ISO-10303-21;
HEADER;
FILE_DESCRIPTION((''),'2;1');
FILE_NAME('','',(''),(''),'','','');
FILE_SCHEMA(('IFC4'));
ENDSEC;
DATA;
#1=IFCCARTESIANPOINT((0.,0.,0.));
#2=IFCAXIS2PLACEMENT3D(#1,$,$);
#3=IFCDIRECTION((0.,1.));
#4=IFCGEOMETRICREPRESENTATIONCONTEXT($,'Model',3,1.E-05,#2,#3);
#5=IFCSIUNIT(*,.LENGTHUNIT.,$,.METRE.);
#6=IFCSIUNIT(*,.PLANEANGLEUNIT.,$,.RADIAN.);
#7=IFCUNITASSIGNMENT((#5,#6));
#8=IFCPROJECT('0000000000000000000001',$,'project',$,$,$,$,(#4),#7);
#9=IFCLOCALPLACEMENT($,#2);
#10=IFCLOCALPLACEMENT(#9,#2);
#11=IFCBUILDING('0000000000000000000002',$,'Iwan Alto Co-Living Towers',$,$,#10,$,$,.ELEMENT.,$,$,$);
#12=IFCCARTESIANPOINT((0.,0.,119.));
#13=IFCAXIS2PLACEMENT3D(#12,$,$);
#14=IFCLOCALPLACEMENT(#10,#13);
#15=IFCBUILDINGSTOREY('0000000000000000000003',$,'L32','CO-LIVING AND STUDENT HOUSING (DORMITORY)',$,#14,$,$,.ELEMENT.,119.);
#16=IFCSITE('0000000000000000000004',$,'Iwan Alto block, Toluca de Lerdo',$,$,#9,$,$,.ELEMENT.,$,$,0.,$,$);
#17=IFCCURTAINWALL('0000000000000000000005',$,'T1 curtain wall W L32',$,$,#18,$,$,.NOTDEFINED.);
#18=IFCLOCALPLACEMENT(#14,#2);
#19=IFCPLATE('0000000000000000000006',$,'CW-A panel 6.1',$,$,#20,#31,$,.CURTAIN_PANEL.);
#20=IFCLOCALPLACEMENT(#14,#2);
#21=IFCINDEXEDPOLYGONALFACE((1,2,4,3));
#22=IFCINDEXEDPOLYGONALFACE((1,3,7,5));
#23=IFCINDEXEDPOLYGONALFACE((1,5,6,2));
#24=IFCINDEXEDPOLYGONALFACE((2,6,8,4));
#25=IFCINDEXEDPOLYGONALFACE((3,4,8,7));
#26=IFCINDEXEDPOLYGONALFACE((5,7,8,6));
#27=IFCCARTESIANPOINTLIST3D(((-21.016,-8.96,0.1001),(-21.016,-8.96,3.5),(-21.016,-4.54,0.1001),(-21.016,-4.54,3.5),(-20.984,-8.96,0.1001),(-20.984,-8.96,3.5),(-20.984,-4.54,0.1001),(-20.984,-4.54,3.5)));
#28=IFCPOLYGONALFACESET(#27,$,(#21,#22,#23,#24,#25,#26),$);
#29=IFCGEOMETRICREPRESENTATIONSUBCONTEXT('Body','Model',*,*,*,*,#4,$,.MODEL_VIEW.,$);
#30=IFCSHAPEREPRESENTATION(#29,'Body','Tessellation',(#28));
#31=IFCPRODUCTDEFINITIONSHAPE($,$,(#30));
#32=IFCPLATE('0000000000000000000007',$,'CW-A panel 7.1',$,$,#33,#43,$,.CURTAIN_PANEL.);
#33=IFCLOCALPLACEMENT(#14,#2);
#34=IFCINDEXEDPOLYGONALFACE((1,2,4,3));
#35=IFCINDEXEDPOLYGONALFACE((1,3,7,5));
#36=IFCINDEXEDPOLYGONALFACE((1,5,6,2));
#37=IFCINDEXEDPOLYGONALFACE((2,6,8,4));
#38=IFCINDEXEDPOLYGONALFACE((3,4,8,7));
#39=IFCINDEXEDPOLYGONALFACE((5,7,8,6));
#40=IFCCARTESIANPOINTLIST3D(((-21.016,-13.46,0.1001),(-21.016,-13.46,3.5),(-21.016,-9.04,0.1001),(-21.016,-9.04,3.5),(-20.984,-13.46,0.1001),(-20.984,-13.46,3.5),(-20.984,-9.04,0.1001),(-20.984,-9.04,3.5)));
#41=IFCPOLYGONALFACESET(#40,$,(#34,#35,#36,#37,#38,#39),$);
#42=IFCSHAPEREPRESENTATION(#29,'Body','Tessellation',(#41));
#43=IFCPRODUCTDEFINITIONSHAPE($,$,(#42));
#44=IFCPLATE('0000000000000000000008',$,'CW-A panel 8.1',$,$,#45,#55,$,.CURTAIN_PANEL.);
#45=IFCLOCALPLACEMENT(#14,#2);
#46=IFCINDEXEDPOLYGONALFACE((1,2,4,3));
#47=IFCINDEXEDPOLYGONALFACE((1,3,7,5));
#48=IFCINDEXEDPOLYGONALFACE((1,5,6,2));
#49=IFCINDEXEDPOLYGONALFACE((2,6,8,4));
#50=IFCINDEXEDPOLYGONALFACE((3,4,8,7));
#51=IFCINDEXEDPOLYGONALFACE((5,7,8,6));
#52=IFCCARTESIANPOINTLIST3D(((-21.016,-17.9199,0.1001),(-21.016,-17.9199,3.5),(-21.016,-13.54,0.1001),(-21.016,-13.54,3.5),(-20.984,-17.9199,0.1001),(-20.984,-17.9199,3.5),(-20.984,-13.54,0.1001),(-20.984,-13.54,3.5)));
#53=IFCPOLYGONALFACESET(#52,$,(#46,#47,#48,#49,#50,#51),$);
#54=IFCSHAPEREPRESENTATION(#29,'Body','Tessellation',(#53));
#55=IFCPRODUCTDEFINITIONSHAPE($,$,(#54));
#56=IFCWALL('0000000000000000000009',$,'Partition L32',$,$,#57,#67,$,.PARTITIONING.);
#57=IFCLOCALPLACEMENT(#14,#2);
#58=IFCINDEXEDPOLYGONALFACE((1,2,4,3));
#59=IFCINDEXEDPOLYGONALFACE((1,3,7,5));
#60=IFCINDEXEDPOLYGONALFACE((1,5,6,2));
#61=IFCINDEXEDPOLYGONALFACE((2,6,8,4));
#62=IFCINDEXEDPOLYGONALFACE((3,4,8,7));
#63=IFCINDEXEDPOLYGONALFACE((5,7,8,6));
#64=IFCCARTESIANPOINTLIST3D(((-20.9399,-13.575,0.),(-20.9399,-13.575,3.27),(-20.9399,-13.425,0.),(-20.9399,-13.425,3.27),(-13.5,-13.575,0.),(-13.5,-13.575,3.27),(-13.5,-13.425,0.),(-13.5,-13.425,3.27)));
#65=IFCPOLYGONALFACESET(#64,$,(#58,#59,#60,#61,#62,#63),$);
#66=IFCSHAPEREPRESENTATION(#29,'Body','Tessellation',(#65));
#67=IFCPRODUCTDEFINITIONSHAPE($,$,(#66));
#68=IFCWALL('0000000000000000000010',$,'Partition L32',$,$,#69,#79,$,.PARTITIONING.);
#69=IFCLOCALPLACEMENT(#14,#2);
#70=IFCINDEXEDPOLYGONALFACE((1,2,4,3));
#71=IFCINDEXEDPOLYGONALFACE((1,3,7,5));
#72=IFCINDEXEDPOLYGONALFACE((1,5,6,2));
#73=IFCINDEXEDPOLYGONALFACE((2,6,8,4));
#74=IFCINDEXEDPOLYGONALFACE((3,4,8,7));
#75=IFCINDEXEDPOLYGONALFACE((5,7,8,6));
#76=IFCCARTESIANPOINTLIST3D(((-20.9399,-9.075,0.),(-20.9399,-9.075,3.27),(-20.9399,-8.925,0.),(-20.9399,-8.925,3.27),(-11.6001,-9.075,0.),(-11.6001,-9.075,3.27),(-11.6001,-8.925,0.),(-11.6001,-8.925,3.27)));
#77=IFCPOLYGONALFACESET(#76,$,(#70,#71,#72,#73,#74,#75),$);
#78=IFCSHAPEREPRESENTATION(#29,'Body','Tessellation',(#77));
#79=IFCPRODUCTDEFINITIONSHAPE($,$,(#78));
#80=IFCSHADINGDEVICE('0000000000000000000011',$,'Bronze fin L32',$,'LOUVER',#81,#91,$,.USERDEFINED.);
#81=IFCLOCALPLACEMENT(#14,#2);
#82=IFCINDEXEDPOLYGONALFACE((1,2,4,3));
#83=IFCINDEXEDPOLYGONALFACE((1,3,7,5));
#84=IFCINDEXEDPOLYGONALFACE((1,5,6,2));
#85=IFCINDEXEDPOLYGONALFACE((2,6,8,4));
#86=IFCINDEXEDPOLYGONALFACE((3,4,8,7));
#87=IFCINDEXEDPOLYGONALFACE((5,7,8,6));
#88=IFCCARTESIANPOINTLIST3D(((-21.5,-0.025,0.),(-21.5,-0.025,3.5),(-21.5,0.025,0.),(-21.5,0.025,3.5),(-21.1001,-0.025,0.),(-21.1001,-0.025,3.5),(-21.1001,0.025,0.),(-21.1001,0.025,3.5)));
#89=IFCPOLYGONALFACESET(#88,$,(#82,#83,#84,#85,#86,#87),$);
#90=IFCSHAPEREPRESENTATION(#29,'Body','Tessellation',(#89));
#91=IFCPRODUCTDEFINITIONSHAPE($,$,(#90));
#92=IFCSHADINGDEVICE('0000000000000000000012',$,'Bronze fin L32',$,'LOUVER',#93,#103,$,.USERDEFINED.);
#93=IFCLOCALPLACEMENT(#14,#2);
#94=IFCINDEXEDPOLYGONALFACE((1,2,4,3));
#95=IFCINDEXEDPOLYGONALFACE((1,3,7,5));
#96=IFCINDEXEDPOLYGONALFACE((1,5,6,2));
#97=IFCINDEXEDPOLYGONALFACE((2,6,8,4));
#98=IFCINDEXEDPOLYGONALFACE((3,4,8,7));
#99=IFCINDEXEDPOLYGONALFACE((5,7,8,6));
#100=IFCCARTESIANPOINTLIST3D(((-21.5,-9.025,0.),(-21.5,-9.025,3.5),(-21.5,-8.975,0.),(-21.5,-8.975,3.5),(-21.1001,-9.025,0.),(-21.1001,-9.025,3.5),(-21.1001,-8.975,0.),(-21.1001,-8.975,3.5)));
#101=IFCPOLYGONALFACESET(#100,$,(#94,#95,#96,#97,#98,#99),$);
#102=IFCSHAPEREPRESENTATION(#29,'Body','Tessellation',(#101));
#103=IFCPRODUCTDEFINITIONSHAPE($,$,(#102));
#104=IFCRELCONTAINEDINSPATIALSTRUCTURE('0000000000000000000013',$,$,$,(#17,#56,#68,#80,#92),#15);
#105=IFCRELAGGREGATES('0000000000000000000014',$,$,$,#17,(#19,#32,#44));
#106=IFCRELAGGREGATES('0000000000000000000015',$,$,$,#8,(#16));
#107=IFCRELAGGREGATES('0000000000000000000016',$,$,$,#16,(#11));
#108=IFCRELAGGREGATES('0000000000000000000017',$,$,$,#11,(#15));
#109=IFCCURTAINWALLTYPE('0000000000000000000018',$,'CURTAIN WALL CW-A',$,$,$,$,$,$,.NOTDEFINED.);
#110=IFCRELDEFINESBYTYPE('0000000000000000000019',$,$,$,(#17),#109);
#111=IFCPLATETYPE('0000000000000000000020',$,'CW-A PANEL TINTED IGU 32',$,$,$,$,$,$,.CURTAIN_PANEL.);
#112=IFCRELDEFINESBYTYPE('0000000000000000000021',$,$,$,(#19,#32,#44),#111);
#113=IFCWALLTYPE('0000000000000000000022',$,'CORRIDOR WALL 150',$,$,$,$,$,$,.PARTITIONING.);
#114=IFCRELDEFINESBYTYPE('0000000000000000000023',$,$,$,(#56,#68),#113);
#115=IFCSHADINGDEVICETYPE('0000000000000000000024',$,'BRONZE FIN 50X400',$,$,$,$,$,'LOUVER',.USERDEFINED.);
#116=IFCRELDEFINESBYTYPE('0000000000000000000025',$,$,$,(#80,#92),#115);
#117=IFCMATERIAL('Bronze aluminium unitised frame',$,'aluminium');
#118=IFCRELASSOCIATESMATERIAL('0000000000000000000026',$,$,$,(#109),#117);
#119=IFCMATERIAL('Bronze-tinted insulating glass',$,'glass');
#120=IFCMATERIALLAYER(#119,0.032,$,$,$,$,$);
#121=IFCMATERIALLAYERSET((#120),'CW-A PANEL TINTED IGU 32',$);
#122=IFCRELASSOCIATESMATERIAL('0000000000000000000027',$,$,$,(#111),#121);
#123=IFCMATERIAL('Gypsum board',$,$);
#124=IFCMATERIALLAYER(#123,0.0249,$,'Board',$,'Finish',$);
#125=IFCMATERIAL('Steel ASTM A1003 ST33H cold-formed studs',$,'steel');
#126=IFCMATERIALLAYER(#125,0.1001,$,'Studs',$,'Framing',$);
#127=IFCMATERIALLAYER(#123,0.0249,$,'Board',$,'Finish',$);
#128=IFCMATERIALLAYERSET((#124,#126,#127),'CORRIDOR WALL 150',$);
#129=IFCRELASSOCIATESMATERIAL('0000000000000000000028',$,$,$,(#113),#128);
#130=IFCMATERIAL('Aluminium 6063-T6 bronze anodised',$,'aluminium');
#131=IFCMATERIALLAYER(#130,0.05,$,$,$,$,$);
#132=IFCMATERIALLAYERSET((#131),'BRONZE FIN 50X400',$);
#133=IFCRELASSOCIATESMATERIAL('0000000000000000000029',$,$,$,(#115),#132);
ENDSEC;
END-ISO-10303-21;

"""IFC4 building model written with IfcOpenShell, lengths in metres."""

from ifc_helpers import new_model, si_unit, direction, frame, frame_2d, origin, origin_2d, place, context, subcontext, project, spatial, rectangle, extrude, material, layer, layer_set, type_object, element, aggregate, save


model = new_model("IFC4")

# Units and contexts
model_context = context("Model", 3, precision=1e-05, world=origin(), true_north=direction((0.0, 1.0)))
body_context = subcontext(model_context, "Body", "Model", "MODEL_VIEW")
ifc_project = project(units=[si_unit("LENGTHUNIT", "METRE"), si_unit("PLANEANGLEUNIT", "RADIAN")], contexts=[model_context])

# Site, building, storey
site_placement = place(None, origin())
site = spatial("IfcSite", under=ifc_project, at=site_placement, Name="Iwan Alto block, Toluca de Lerdo", CompositionType="ELEMENT", RefElevation=0.0)
building_placement = place(site_placement, origin())
building = spatial("IfcBuilding", under=site, at=building_placement, Name="Iwan Alto Co-Living Towers", CompositionType="ELEMENT")
storey_placement = place(building_placement, frame((0.0, 0.0, 119.0)))
storey = spatial("IfcBuildingStorey", under=building, at=storey_placement, Name="L32", Description="CO-LIVING AND STUDENT HOUSING (DORMITORY)", CompositionType="ELEMENT", Elevation=119.0)

# Curtain wall
ifc_material_1 = material(Name="Bronze aluminium unitised frame", Category="aluminium")
curtain_wall_type = type_object("IfcCurtainWallType", Name="CURTAIN WALL CW-A", PredefinedType="NOTDEFINED", material=ifc_material_1)
curtain_wall_placement = place(storey_placement, origin())
curtain_wall = element("IfcCurtainWall", 1, at=curtain_wall_placement, inside=storey, type_object=curtain_wall_type, Name="T1 curtain wall W L32", PredefinedType="NOTDEFINED")

# Plates
ifc_material_2 = material(Name="Bronze-tinted insulating glass", Category="glass")
ifc_layer_1 = layer(ifc_material_2, 0.032)
ifc_layer_set_1 = layer_set([ifc_layer_1], Name="CW-A PANEL TINTED IGU 32")
plate_type = type_object("IfcPlateType", Name="CW-A PANEL TINTED IGU 32", PredefinedType="CURTAIN_PANEL", material=ifc_layer_set_1)
plate_1_placement = place(storey_placement, frame((-21.0, -6.75, 0.1001), z_axis=(0.0, 0.0, 1.0), x_axis=(0.0, -1.0, 0.0)))
plate_1 = element("IfcPlate", 2, at=plate_1_placement, type_object=plate_type, Name="CW-A panel 6.1", PredefinedType="CURTAIN_PANEL", context=body_context, shape_type="SweptSolid", body=[
    extrude(rectangle(XDim=4.4199, YDim=0.032, at=origin_2d()), origin(), (0.0, 0.0, 1.0), 3.3999),
])
plate_2_placement = place(storey_placement, frame((-21.0, -11.25, 0.1001), z_axis=(0.0, 0.0, 1.0), x_axis=(0.0, -1.0, 0.0)))
plate_2 = element("IfcPlate", 3, at=plate_2_placement, type_object=plate_type, Name="CW-A panel 7.1", PredefinedType="CURTAIN_PANEL", context=body_context, shape_type="SweptSolid", body=[
    extrude(rectangle(XDim=4.4199, YDim=0.032, at=origin_2d()), origin(), (0.0, 0.0, 1.0), 3.3999),
])
plate_3_placement = place(storey_placement, frame((-21.0, -15.73, 0.1001), z_axis=(0.0, 0.0, 1.0), x_axis=(0.0, -1.0, 0.0)))
plate_3 = element("IfcPlate", 4, at=plate_3_placement, type_object=plate_type, Name="CW-A panel 8.1", PredefinedType="CURTAIN_PANEL", context=body_context, shape_type="SweptSolid", body=[
    extrude(rectangle(XDim=4.3799, YDim=0.032, at=origin_2d()), origin(), (0.0, 0.0, 1.0), 3.3999),
])
aggregate(curtain_wall, [plate_1, plate_2, plate_3])

# Walls
ifc_material_3 = material(Name="Gypsum board")
ifc_layer_2 = layer(ifc_material_3, 0.0249, Name="Board", Category="Finish")
ifc_material_4 = material(Name="Steel ASTM A1003 ST33H cold-formed studs", Category="steel")
ifc_layer_3 = layer(ifc_material_4, 0.1001, Name="Studs", Category="Framing")
ifc_layer_4 = layer(ifc_material_3, 0.0249, Name="Board", Category="Finish")
ifc_layer_set_2 = layer_set([ifc_layer_2, ifc_layer_3, ifc_layer_4], Name="CORRIDOR WALL 150")
wall_type = type_object("IfcWallType", Name="CORRIDOR WALL 150", PredefinedType="PARTITIONING", material=ifc_layer_set_2)
wall_1_placement = place(storey_placement, frame((-20.9399, -13.5, 0.0), z_axis=(0.0, 0.0, 1.0), x_axis=(1.0, 0.0, 0.0)))
element("IfcWall", 5, at=wall_1_placement, inside=storey, type_object=wall_type, Name="Partition L32", PredefinedType="PARTITIONING", context=body_context, shape_type="SweptSolid", body=[
    extrude(rectangle(XDim=7.4399, YDim=0.1499, at=frame_2d((3.72, 0.0))), origin(), (0.0, 0.0, 1.0), 3.27),
])
wall_2_placement = place(storey_placement, frame((-20.9399, -9.0, 0.0), z_axis=(0.0, 0.0, 1.0), x_axis=(1.0, 0.0, 0.0)))
element("IfcWall", 6, at=wall_2_placement, inside=storey, type_object=wall_type, Name="Partition L32", PredefinedType="PARTITIONING", context=body_context, shape_type="SweptSolid", body=[
    extrude(rectangle(XDim=9.3398, YDim=0.1499, at=frame_2d((4.6699, 0.0))), origin(), (0.0, 0.0, 1.0), 3.27),
])

# Shading devices
ifc_material_5 = material(Name="Aluminium 6063-T6 bronze anodised", Category="aluminium")
ifc_layer_5 = layer(ifc_material_5, 0.05)
ifc_layer_set_3 = layer_set([ifc_layer_5], Name="BRONZE FIN 50X400")
shading_device_type = type_object("IfcShadingDeviceType", Name="BRONZE FIN 50X400", ElementType="LOUVER", PredefinedType="USERDEFINED", material=ifc_layer_set_3)
for number, where, z_axis, x_axis, name in (
    (7, (-21.3, 0.0, 0.0), (0.0, 0.0, 1.0), (0.0, -1.0, 0.0), "Bronze fin L32"),
    (8, (-21.3, -9.0, 0.0), (0.0, 0.0, 1.0), (0.0, -1.0, 0.0), "Bronze fin L32"),
):
    element("IfcShadingDevice", number, at=place(storey_placement, frame(where, z_axis=z_axis, x_axis=x_axis)), inside=storey, type_object=shading_device_type, Name=name, ObjectType="LOUVER", PredefinedType="USERDEFINED", context=body_context, shape_type="SweptSolid", body=[
        extrude(rectangle(XDim=0.05, YDim=0.3999, at=origin_2d()), origin(), (0.0, 0.0, 1.0), 3.5),
    ])

save(model, "model.ifc")
